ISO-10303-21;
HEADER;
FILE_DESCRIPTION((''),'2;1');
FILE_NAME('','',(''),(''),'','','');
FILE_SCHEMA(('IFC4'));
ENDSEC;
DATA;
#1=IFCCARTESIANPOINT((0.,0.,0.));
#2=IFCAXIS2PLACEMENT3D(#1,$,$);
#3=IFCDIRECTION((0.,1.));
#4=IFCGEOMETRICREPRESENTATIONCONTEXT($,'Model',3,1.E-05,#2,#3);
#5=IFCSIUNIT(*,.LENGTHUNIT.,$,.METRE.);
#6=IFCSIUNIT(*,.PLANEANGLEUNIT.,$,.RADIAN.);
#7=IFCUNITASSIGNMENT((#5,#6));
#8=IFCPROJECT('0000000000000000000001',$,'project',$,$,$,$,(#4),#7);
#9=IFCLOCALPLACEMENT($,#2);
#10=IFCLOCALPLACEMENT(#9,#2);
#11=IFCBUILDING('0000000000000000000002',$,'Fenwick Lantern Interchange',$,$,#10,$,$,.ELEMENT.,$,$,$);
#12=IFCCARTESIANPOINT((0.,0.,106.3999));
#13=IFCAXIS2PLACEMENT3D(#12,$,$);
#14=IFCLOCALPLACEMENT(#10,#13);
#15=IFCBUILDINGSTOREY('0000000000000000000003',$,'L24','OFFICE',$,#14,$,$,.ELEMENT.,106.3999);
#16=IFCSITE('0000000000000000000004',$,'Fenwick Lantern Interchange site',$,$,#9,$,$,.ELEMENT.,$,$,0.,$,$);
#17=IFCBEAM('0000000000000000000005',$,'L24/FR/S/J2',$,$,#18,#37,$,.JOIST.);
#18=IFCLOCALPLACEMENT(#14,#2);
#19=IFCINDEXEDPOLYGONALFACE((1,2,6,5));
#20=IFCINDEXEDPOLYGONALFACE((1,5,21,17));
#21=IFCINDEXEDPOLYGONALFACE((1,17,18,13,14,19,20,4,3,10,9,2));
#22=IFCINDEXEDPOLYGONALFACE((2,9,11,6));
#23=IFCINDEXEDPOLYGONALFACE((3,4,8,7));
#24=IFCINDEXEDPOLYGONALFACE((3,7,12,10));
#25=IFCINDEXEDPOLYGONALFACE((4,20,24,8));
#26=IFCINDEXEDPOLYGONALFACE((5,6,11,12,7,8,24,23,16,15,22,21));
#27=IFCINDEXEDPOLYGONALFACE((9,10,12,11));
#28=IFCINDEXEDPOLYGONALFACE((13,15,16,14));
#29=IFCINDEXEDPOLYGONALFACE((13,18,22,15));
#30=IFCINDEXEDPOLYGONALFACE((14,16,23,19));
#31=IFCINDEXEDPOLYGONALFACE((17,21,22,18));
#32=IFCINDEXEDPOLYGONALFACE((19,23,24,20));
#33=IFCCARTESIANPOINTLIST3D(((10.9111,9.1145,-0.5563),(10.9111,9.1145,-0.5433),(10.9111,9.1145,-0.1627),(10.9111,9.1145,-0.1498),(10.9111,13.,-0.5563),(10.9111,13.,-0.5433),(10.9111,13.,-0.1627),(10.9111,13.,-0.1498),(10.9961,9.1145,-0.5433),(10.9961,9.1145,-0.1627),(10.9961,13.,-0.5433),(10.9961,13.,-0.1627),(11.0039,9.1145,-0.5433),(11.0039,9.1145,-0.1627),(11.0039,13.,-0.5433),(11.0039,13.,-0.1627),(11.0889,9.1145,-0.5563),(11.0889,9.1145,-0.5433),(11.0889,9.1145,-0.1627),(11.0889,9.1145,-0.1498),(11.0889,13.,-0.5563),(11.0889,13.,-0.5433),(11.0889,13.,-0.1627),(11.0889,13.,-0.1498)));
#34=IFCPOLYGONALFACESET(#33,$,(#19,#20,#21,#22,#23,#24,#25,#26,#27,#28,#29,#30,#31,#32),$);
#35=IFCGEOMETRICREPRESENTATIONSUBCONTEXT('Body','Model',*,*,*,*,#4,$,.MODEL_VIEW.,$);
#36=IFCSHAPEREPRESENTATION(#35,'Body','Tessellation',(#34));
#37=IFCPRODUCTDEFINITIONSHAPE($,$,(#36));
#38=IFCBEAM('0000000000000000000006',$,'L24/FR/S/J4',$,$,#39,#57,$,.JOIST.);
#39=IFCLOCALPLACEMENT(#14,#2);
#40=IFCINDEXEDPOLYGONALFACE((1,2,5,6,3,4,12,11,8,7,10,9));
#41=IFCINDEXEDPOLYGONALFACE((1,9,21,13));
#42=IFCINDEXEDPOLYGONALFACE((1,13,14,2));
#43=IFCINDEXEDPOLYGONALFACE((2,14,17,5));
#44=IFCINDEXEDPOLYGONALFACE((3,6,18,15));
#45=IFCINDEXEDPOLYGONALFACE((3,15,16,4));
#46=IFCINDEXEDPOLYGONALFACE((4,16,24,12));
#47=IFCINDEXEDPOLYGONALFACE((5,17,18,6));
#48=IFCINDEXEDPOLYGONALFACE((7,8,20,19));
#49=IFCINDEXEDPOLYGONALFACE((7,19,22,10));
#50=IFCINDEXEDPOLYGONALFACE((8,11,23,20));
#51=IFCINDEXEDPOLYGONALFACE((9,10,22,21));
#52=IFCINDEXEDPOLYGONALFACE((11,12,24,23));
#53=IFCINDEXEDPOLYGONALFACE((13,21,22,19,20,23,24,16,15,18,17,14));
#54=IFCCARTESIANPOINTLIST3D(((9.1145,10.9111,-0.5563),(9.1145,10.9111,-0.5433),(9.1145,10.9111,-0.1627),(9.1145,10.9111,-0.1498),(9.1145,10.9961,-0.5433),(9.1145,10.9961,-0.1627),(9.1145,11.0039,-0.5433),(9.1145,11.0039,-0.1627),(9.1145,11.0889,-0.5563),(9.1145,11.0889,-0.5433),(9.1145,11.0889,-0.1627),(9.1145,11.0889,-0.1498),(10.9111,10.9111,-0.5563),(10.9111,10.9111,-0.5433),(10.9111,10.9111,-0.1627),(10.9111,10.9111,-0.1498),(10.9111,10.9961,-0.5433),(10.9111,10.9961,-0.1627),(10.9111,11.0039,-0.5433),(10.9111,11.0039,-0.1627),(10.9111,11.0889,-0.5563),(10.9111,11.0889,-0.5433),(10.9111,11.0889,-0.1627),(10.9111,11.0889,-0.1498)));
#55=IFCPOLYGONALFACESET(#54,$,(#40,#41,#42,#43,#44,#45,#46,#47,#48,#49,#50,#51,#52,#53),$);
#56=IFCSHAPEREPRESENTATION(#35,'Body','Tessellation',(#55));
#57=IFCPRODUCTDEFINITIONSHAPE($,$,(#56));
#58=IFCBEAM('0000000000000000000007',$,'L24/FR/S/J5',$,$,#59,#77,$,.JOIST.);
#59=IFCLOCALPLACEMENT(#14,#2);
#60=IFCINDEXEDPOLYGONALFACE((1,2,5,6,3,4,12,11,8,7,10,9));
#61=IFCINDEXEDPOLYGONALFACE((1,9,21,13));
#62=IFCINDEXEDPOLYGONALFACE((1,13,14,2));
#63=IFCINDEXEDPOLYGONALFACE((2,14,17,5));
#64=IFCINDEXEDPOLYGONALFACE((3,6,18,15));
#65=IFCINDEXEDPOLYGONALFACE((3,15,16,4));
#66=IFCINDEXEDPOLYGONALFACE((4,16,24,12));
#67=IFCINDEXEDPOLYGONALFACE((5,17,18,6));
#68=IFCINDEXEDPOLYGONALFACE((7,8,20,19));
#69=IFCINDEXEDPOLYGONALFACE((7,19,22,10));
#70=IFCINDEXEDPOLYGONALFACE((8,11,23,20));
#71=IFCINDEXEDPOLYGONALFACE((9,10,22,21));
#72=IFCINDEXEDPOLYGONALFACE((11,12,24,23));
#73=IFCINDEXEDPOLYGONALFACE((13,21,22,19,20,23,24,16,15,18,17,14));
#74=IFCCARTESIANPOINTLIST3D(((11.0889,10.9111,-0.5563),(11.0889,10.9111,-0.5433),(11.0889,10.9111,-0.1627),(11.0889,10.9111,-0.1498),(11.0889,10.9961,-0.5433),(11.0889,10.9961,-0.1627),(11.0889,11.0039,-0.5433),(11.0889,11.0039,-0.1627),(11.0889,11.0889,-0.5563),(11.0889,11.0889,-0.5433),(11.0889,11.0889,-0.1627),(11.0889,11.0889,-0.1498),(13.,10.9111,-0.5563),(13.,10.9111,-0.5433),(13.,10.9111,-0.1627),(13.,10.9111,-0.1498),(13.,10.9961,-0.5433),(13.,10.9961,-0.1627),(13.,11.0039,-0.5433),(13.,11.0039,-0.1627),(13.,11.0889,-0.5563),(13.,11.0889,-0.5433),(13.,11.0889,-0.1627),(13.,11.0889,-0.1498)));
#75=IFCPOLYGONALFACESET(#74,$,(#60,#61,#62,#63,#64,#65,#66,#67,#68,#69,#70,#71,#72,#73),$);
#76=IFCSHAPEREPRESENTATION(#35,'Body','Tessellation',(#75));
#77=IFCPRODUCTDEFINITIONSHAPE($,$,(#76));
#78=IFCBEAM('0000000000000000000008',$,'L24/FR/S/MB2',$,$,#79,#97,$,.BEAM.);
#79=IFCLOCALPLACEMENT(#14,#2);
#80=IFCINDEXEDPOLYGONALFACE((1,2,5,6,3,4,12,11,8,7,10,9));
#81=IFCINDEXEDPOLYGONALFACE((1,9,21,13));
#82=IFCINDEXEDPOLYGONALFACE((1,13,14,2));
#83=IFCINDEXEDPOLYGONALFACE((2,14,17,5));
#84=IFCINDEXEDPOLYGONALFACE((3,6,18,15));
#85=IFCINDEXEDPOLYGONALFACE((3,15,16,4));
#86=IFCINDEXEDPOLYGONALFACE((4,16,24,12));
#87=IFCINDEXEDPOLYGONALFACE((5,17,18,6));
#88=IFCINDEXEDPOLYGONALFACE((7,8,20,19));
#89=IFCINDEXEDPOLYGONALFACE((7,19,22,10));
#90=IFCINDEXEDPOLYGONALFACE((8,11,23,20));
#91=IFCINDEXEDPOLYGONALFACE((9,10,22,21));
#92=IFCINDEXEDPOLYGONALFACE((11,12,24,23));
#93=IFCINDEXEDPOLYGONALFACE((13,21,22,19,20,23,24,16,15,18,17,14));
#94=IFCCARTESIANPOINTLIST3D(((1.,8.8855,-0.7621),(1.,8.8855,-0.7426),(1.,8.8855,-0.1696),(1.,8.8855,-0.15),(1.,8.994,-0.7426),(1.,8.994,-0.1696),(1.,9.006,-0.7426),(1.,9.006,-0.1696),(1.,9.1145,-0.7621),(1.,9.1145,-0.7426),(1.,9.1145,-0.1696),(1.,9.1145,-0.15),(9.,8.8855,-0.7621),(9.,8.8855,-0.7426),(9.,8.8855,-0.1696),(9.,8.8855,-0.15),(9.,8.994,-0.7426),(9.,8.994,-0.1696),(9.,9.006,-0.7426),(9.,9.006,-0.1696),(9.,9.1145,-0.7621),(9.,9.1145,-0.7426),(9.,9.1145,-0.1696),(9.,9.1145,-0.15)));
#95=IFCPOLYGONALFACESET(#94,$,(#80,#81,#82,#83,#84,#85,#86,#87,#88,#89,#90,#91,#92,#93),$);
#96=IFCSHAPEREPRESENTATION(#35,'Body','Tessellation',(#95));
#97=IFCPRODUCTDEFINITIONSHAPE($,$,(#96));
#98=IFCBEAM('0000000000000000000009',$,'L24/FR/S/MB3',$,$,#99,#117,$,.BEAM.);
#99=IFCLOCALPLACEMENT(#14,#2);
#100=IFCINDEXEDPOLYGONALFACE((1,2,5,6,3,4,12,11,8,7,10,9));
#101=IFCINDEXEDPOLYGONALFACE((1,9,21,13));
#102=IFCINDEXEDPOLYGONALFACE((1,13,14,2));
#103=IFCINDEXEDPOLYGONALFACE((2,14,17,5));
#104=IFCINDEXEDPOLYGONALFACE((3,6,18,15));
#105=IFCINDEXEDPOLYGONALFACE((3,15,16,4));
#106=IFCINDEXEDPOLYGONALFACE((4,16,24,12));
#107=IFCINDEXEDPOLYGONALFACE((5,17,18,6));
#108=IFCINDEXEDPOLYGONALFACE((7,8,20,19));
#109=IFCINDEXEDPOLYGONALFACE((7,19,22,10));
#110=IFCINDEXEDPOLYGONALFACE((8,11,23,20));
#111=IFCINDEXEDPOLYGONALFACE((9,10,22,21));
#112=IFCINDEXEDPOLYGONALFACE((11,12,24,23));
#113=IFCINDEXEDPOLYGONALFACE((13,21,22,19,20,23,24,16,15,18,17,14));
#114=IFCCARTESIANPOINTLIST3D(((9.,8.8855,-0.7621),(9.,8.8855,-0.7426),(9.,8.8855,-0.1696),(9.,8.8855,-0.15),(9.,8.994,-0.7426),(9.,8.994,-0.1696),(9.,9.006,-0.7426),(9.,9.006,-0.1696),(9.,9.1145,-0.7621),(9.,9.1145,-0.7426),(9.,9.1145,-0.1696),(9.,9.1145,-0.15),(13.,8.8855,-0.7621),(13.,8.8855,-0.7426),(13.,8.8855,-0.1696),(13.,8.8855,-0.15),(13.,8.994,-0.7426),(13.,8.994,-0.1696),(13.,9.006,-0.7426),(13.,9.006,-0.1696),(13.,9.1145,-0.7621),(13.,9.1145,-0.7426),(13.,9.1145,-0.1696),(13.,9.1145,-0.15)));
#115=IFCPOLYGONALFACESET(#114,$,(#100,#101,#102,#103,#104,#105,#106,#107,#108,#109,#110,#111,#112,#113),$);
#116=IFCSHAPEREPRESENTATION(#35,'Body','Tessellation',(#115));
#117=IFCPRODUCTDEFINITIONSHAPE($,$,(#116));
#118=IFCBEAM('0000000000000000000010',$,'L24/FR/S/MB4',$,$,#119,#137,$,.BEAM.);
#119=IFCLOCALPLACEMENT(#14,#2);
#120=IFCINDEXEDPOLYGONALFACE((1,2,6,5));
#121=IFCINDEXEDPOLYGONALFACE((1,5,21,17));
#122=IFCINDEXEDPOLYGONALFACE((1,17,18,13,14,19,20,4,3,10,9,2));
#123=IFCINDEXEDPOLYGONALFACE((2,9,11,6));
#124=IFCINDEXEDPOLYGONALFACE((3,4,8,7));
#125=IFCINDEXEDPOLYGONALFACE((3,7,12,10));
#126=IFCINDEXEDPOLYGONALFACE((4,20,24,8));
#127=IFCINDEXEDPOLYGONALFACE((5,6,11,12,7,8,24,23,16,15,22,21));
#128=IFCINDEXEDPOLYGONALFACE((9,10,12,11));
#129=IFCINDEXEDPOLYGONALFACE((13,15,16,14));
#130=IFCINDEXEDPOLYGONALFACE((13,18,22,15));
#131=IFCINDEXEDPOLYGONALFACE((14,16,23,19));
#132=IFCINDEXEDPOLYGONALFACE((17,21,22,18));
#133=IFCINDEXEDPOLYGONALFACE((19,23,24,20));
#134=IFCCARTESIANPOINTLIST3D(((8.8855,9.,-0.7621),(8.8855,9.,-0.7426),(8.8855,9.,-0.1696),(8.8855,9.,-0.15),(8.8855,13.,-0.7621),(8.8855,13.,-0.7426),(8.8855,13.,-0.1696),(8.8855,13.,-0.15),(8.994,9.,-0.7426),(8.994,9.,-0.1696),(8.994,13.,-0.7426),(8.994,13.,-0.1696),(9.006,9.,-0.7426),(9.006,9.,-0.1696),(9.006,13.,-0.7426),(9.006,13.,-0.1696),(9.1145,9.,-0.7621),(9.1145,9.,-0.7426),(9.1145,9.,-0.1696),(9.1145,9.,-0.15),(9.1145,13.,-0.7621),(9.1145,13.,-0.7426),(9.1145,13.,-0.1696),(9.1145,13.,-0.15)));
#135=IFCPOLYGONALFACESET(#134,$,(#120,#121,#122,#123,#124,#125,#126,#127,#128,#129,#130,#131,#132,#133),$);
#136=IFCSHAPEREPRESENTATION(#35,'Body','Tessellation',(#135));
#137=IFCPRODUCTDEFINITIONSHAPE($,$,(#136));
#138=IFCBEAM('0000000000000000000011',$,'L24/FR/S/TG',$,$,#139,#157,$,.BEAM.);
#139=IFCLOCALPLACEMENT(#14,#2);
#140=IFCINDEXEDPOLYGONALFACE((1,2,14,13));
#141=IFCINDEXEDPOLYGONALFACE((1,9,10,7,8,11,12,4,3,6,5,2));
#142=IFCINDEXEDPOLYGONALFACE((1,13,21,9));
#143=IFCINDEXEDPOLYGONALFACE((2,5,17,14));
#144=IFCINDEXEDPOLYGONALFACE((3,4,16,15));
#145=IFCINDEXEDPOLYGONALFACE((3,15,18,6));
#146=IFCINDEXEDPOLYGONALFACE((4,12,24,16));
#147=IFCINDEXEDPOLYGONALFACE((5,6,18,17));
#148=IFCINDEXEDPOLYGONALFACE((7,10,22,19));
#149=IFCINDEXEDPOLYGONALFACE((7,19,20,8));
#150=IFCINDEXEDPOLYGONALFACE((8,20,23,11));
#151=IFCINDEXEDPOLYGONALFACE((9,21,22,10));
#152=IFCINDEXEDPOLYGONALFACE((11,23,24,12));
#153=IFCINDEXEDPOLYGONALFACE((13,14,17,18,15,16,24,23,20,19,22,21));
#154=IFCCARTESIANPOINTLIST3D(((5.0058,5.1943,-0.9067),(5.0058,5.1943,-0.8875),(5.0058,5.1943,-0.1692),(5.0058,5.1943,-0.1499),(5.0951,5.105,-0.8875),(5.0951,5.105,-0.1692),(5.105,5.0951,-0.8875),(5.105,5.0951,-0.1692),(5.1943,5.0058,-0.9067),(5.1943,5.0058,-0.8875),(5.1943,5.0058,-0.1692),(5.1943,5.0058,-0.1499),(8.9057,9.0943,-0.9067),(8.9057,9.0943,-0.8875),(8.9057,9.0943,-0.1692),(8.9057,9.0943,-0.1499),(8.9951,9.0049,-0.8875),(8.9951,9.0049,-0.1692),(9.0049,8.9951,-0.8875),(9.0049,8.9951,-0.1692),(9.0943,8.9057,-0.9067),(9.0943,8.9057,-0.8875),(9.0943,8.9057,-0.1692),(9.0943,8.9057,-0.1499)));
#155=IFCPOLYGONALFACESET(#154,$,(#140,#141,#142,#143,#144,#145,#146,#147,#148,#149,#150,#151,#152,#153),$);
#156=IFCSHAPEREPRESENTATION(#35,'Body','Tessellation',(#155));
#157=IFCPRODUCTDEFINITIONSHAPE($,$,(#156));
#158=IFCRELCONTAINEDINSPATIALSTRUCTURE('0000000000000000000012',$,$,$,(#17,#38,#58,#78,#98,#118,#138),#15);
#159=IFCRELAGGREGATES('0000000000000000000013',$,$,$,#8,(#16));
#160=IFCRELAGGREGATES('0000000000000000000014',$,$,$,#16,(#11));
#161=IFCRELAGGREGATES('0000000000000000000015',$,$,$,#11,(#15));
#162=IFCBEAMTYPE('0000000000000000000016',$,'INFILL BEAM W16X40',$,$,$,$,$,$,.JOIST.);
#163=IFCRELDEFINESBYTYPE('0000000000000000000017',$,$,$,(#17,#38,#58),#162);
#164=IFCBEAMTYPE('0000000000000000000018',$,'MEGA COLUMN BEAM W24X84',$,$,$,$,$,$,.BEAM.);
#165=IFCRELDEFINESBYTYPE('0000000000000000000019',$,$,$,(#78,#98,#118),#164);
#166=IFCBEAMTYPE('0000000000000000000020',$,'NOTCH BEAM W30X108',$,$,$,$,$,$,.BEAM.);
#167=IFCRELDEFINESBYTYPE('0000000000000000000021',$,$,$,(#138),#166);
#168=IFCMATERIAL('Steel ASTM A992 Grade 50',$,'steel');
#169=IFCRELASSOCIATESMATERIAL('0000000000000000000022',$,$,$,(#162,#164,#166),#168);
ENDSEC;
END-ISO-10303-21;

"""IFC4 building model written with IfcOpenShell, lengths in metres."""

from ifc_helpers import new_model, si_unit, direction, frame, origin, origin_2d, place, context, subcontext, project, spatial, i_section, extrude, material, material_profile, profile_set, type_object, element, save


model = new_model("IFC4")

# Units and contexts
model_context = context("Model", 3, precision=1e-05, world=origin(), true_north=direction((0.0, 1.0)))
body_context = subcontext(model_context, "Body", "Model", "MODEL_VIEW")
ifc_project = project(units=[si_unit("LENGTHUNIT", "METRE"), si_unit("PLANEANGLEUNIT", "RADIAN")], contexts=[model_context])

# Site, building, storey
site_placement = place(None, origin())
site = spatial("IfcSite", under=ifc_project, at=site_placement, Name="Fenwick Lantern Interchange site", CompositionType="ELEMENT", RefElevation=0.0)
building_placement = place(site_placement, origin())
building = spatial("IfcBuilding", under=site, at=building_placement, Name="Fenwick Lantern Interchange", CompositionType="ELEMENT")
storey_placement = place(building_placement, frame((0.0, 0.0, 106.3999)))
storey = spatial("IfcBuildingStorey", under=building, at=storey_placement, Name="L24", Description="OFFICE", CompositionType="ELEMENT", Elevation=106.3999)

# Beams
ifc_material_1 = material(Name="Steel ASTM A992 Grade 50", Category="steel")
ifc_material_profile_1 = material_profile(ifc_material_1, i_section(OverallWidth=0.1777, OverallDepth=0.4065, WebThickness=0.0078, FlangeThickness=0.0129, at=origin_2d()), Name="W16X40")
ifc_profile_set_1 = profile_set([ifc_material_profile_1], Name="Steel ASTM A992 Grade 50")
beam_type_1 = type_object("IfcBeamType", Name="INFILL BEAM W16X40", PredefinedType="JOIST", material=ifc_profile_set_1)
beam_1_placement = place(storey_placement, frame((11.0, 9.1145, -0.353), z_axis=(0.0, 1.0, 0.0), x_axis=(-1.0, 0.0, 0.0)))
element("IfcBeam", 1, at=beam_1_placement, inside=storey, type_object=beam_type_1, Name="L24/FR/S/J2", PredefinedType="JOIST", context=body_context, shape_type="SweptSolid", body=[
    extrude(i_section(OverallWidth=0.1777, OverallDepth=0.4065, WebThickness=0.0078, FlangeThickness=0.0129, at=origin_2d()), origin(), (0.0, 0.0, 1.0), 3.8855),
])
beam_2_placement = place(storey_placement, frame((9.1145, 11.0, -0.353), z_axis=(1.0, 0.0, 0.0), x_axis=(0.0, 1.0, 0.0)))
element("IfcBeam", 2, at=beam_2_placement, inside=storey, type_object=beam_type_1, Name="L24/FR/S/J4", PredefinedType="JOIST", context=body_context, shape_type="SweptSolid", body=[
    extrude(i_section(OverallWidth=0.1777, OverallDepth=0.4065, WebThickness=0.0078, FlangeThickness=0.0129, at=origin_2d()), origin(), (0.0, 0.0, 1.0), 1.7966),
])
beam_3_placement = place(storey_placement, frame((11.0889, 11.0, -0.353), z_axis=(1.0, 0.0, 0.0), x_axis=(0.0, 1.0, 0.0)))
element("IfcBeam", 3, at=beam_3_placement, inside=storey, type_object=beam_type_1, Name="L24/FR/S/J5", PredefinedType="JOIST", context=body_context, shape_type="SweptSolid", body=[
    extrude(i_section(OverallWidth=0.1777, OverallDepth=0.4065, WebThickness=0.0078, FlangeThickness=0.0129, at=origin_2d()), origin(), (0.0, 0.0, 1.0), 1.9111),
])
ifc_material_profile_2 = material_profile(ifc_material_1, i_section(OverallWidth=0.229, OverallDepth=0.6121, WebThickness=0.012, FlangeThickness=0.0195, at=origin_2d()), Name="W24X84")
ifc_profile_set_2 = profile_set([ifc_material_profile_2], Name="Steel ASTM A992 Grade 50")
beam_type_2 = type_object("IfcBeamType", Name="MEGA COLUMN BEAM W24X84", PredefinedType="BEAM", material=ifc_profile_set_2)
beam_4_placement = place(storey_placement, frame((9.0, 9.0, -0.4561), z_axis=(-1.0, 0.0, 0.0), x_axis=(0.0, -1.0, 0.0)))
element("IfcBeam", 4, at=beam_4_placement, inside=storey, type_object=beam_type_2, Name="L24/FR/S/MB2", PredefinedType="BEAM", context=body_context, shape_type="SweptSolid", body=[
    extrude(i_section(OverallWidth=0.229, OverallDepth=0.6121, WebThickness=0.012, FlangeThickness=0.0195, at=origin_2d()), origin(), (0.0, 0.0, 1.0), 8.0),
])
for number, where, z_axis, x_axis, name in (
    (5, (9.0, 9.0, -0.4561), (1.0, 0.0, 0.0), (0.0, 1.0, 0.0), "L24/FR/S/MB3"),
    (6, (9.0, 9.0, -0.4561), (0.0, 1.0, 0.0), (-1.0, 0.0, 0.0), "L24/FR/S/MB4"),
):
    element("IfcBeam", number, at=place(storey_placement, frame(where, z_axis=z_axis, x_axis=x_axis)), inside=storey, type_object=beam_type_2, Name=name, PredefinedType="BEAM", context=body_context, shape_type="SweptSolid", body=[
        extrude(i_section(OverallWidth=0.229, OverallDepth=0.6121, WebThickness=0.012, FlangeThickness=0.0195, at=origin_2d()), origin(), (0.0, 0.0, 1.0), 4.0),
    ])
ifc_material_profile_3 = material_profile(ifc_material_1, i_section(OverallWidth=0.2666, OverallDepth=0.7568, WebThickness=0.0139, FlangeThickness=0.0193, at=origin_2d()), Name="W30X108")
ifc_profile_set_3 = profile_set([ifc_material_profile_3], Name="Steel ASTM A992 Grade 50")
beam_type_3 = type_object("IfcBeamType", Name="NOTCH BEAM W30X108", PredefinedType="BEAM", material=ifc_profile_set_3)
beam_5_placement = place(storey_placement, frame((9.0, 9.0, -0.5283), z_axis=(-0.707107, -0.707107, 0.0), x_axis=(0.707107, -0.707107, 0.0)))
element("IfcBeam", 7, at=beam_5_placement, inside=storey, type_object=beam_type_3, Name="L24/FR/S/TG", PredefinedType="BEAM", context=body_context, shape_type="SweptSolid", body=[
    extrude(i_section(OverallWidth=0.2666, OverallDepth=0.7568, WebThickness=0.0139, FlangeThickness=0.0193, at=origin_2d()), origin(), (0.0, 0.0, 1.0), 5.5154),
])

save(model, "model.ifc")
